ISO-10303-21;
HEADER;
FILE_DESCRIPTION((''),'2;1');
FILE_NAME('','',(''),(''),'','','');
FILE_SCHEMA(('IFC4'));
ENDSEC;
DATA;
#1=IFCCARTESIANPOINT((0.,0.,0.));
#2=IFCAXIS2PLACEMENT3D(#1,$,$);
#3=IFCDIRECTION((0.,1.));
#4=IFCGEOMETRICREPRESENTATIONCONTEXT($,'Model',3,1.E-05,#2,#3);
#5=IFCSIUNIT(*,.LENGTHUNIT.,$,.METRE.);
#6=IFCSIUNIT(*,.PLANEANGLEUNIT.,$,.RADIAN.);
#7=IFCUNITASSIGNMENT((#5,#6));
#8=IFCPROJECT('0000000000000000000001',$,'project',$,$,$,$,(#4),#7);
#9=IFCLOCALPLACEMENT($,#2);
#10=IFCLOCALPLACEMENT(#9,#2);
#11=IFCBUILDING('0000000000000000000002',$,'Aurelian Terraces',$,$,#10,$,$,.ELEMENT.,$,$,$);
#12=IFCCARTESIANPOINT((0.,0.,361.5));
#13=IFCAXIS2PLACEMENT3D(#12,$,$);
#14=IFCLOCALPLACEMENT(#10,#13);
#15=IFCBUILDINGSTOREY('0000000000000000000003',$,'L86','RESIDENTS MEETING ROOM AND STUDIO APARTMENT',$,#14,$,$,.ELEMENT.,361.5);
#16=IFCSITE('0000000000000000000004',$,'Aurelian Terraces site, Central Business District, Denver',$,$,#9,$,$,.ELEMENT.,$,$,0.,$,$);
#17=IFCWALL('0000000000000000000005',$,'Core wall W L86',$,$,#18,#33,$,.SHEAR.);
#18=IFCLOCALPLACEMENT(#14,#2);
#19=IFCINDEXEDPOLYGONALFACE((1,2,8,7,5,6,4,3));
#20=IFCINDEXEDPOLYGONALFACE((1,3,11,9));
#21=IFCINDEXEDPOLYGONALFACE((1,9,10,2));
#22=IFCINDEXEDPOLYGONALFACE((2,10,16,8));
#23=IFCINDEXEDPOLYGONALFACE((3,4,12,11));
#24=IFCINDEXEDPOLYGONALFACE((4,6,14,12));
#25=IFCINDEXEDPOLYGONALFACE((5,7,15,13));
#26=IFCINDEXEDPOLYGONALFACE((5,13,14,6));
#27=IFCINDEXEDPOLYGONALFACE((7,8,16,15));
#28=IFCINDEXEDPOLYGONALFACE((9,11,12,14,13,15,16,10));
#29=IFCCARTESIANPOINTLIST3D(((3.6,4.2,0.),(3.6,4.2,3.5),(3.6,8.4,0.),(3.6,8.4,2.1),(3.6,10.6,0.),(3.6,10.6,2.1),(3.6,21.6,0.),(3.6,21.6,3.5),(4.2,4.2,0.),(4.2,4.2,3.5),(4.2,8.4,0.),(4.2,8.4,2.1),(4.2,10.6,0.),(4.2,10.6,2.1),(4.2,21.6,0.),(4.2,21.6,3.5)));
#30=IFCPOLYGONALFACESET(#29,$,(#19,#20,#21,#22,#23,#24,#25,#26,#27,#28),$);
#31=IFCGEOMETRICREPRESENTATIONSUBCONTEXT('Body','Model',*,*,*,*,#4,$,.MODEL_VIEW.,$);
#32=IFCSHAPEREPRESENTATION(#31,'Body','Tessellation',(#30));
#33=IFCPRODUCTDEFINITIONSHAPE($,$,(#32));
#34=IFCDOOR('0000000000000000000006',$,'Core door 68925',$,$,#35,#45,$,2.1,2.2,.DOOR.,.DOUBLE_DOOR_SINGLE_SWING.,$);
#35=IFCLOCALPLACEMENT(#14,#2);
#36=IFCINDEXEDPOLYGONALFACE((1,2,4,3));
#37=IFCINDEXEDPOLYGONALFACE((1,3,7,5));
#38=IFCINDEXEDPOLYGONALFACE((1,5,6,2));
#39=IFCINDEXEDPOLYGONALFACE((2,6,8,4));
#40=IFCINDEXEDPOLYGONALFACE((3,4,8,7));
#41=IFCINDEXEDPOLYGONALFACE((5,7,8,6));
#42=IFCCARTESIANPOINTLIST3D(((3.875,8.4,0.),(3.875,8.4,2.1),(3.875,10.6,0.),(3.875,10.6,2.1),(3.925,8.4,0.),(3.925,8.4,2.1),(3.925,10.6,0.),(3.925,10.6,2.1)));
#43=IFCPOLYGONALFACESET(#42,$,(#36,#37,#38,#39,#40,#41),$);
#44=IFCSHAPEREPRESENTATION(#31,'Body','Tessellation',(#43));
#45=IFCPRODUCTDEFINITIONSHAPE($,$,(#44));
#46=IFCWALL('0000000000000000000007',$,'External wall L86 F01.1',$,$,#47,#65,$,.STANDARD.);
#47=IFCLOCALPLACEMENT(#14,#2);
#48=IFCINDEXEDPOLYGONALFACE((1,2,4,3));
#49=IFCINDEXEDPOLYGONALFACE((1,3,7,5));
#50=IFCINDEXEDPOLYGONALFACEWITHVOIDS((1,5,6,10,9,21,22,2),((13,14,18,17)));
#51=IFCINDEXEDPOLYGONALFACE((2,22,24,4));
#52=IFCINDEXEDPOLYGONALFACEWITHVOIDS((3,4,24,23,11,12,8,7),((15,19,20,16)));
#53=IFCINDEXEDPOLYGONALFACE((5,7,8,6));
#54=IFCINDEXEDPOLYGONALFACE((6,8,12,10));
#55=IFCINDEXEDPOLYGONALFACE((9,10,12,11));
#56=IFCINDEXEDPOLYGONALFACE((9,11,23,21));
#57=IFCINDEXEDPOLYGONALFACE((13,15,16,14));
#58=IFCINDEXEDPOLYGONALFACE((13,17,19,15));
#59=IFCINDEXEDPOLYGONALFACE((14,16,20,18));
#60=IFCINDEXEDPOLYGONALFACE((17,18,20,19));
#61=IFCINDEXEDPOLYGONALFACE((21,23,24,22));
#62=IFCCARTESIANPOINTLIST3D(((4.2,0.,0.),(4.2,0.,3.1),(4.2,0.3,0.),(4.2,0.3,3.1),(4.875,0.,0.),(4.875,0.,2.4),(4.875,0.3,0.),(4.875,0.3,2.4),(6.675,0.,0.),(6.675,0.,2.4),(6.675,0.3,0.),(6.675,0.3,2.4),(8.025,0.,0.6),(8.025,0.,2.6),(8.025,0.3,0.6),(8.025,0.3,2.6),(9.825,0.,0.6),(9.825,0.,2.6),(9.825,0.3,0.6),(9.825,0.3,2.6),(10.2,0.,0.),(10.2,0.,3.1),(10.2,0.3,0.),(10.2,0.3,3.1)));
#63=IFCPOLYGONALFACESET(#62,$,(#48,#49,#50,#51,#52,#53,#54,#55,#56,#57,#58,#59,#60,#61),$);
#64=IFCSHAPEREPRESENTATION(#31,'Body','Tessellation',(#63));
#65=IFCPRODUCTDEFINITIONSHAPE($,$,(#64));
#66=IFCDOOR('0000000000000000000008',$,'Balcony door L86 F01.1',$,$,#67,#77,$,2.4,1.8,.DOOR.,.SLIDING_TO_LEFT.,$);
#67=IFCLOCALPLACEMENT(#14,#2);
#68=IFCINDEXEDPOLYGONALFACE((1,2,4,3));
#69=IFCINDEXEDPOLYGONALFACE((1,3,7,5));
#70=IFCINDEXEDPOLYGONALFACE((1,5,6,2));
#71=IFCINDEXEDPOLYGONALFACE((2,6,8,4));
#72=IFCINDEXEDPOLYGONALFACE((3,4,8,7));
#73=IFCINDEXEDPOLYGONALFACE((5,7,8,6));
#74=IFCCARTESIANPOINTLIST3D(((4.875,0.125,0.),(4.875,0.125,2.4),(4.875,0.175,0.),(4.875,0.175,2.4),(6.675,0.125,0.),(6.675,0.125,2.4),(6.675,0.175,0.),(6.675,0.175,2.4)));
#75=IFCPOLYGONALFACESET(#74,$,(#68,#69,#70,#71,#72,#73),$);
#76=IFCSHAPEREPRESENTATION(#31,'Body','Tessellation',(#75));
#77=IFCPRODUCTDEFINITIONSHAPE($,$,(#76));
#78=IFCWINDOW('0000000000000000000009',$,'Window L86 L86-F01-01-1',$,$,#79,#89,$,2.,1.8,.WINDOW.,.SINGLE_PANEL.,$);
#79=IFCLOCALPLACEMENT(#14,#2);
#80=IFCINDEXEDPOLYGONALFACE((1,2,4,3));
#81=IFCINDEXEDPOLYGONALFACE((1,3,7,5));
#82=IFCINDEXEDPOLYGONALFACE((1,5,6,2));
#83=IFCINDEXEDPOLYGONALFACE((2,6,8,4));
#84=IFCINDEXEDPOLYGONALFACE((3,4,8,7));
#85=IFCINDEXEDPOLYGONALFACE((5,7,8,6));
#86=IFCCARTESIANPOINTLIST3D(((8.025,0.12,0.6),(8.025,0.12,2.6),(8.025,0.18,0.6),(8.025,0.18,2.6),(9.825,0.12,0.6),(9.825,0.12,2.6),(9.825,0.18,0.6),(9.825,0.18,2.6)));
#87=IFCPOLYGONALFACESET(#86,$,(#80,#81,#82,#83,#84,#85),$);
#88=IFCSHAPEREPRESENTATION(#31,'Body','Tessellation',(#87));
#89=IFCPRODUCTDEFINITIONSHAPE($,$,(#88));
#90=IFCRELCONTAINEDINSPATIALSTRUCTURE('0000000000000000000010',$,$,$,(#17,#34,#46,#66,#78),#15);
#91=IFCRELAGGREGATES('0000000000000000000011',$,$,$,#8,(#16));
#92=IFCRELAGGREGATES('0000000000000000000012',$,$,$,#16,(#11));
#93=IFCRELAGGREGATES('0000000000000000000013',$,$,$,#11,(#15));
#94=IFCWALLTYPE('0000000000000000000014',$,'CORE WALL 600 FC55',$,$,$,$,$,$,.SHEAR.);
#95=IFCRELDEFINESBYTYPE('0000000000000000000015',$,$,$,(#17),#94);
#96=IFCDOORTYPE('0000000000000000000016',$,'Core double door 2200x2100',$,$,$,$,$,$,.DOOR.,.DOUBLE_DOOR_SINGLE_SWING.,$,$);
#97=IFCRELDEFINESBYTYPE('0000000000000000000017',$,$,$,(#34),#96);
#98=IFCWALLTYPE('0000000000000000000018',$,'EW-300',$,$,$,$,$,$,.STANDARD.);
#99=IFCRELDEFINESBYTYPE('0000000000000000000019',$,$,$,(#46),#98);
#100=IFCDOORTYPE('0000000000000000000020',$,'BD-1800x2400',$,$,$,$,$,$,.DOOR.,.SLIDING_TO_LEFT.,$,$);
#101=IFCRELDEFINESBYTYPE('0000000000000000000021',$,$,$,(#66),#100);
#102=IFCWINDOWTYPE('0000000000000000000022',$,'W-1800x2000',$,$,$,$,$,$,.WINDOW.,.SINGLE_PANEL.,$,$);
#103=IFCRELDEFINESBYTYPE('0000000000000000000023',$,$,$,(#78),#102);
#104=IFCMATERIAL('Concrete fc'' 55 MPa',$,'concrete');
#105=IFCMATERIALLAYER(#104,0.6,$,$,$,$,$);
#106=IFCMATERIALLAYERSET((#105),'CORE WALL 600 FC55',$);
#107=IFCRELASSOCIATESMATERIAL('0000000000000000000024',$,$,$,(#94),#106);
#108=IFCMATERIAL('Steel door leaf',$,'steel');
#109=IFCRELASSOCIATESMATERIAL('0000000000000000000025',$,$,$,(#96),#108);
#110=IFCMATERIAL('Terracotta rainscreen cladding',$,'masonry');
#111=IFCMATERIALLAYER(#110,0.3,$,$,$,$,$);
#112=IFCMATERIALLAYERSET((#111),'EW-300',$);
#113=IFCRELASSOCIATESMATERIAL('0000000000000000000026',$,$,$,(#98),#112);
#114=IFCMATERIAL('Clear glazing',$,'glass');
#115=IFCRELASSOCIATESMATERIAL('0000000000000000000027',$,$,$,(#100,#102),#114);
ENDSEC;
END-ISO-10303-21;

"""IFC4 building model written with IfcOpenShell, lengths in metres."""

from ifc_helpers import new_model, si_unit, direction, frame, frame_2d, origin, place, context, subcontext, project, spatial, rectangle, extrude, source, transform, mapped, material, layer, layer_set, type_object, element, fill, save


model = new_model("IFC4")

# Units and contexts
model_context = context("Model", 3, precision=1e-05, world=origin(), true_north=direction((0.0, 1.0)))
body_context = subcontext(model_context, "Body", "Model", "MODEL_VIEW")
ifc_project = project(units=[si_unit("LENGTHUNIT", "METRE"), si_unit("PLANEANGLEUNIT", "RADIAN")], contexts=[model_context])

# Site, building, storey
site_placement = place(None, origin())
site = spatial("IfcSite", under=ifc_project, at=site_placement, Name="Aurelian Terraces site, Central Business District, Denver", CompositionType="ELEMENT", RefElevation=0.0)
building_placement = place(site_placement, origin())
building = spatial("IfcBuilding", under=site, at=building_placement, Name="Aurelian Terraces", CompositionType="ELEMENT")
storey_placement = place(building_placement, frame((0.0, 0.0, 361.5)))
storey = spatial("IfcBuildingStorey", under=building, at=storey_placement, Name="L86", Description="RESIDENTS MEETING ROOM AND STUDIO APARTMENT", CompositionType="ELEMENT", Elevation=361.5)

# Wall, opening, door
ifc_material_1 = material(Name="Concrete fc' 55 MPa", Category="concrete")
ifc_layer_1 = layer(ifc_material_1, 0.6)
ifc_layer_set_1 = layer_set([ifc_layer_1], Name="CORE WALL 600 FC55")
wall_type_1 = type_object("IfcWallType", Name="CORE WALL 600 FC55", PredefinedType="SHEAR", material=ifc_layer_set_1)
shared_shape_1 = source(origin(), body_context, "Body", "SweptSolid", [
    extrude(rectangle(XDim=17.4, YDim=0.6, at=frame_2d((8.7, 0.0))), origin(), (0.0, 0.0, 1.0), 3.5),
])
wall_1_placement = place(storey_placement, frame((3.9, 4.2, 0.0), z_axis=(0.0, 0.0, 1.0), x_axis=(0.0, 1.0, 0.0)))
wall_1 = element("IfcWall", 1, at=wall_1_placement, inside=storey, type_object=wall_type_1, Name="Core wall W L86", PredefinedType="SHEAR", context=body_context, shape_type="MappedRepresentation", body=[
    mapped(shared_shape_1, transform((0.0, 0.0, 0.0), scale=1.0)),
])
shared_shape_2 = source(origin(), body_context, "Body", "SweptSolid", [
    extrude(rectangle(XDim=2.2, YDim=2.1, at=frame_2d((1.1, 1.05))), frame((0.0, 0.31, 0.0), z_axis=(0.0, -1.0, 0.0), x_axis=(1.0, 0.0, 0.0)), (0.0, 0.0, 1.0), 0.62),
])
opening_1_placement = place(wall_1_placement, frame((4.2, 0.0, 0.0)))
opening_1 = element("IfcOpeningElement", 2, at=opening_1_placement, cuts=wall_1, PredefinedType="OPENING", context=body_context, shape_type="MappedRepresentation", body=[
    mapped(shared_shape_2, transform((0.0, 0.0, 0.0), scale=1.0)),
])
ifc_material_2 = material(Name="Steel door leaf", Category="steel")
door_type_1 = type_object("IfcDoorType", Name="Core double door 2200x2100", OperationType="DOUBLE_DOOR_SINGLE_SWING", PredefinedType="DOOR", material=ifc_material_2)
shared_shape_3 = source(origin(), body_context, "Body", "SweptSolid", [
    extrude(rectangle(XDim=2.2, YDim=2.1, at=frame_2d((1.1, 1.05))), frame((0.0, 0.025, 0.0), z_axis=(0.0, -1.0, 0.0), x_axis=(1.0, 0.0, 0.0)), (0.0, 0.0, 1.0), 0.05),
])
door_1_placement = place(opening_1_placement, origin())
door_1 = element("IfcDoor", 3, at=door_1_placement, inside=storey, type_object=door_type_1, Name="Core door 68925", OperationType="DOUBLE_DOOR_SINGLE_SWING", OverallHeight=2.1, OverallWidth=2.2, PredefinedType="DOOR", context=body_context, shape_type="MappedRepresentation", body=[
    mapped(shared_shape_3, transform((0.0, 0.0, 0.0), scale=1.0)),
])
fill(opening_1, door_1)

# Wall, openings, door, window
ifc_material_3 = material(Name="Terracotta rainscreen cladding", Category="masonry")
ifc_layer_2 = layer(ifc_material_3, 0.3)
ifc_layer_set_2 = layer_set([ifc_layer_2], Name="EW-300")
wall_type_2 = type_object("IfcWallType", Name="EW-300", PredefinedType="STANDARD", material=ifc_layer_set_2)
shared_shape_4 = source(origin(), body_context, "Body", "SweptSolid", [
    extrude(rectangle(XDim=6.0, YDim=0.3, at=frame_2d((3.0, 0.0))), origin(), (0.0, 0.0, 1.0), 3.1),
])
wall_2_placement = place(storey_placement, frame((4.2, 0.15, 0.0), z_axis=(0.0, 0.0, 1.0), x_axis=(1.0, 0.0, 0.0)))
wall_2 = element("IfcWall", 4, at=wall_2_placement, inside=storey, type_object=wall_type_2, Name="External wall L86 F01.1", PredefinedType="STANDARD", context=body_context, shape_type="MappedRepresentation", body=[
    mapped(shared_shape_4, transform((0.0, 0.0, 0.0), scale=1.0)),
])
shared_shape_5 = source(origin(), body_context, "Body", "SweptSolid", [
    extrude(rectangle(XDim=1.8, YDim=2.4, at=frame_2d((0.9, 1.2))), frame((0.0, 0.16, 0.0), z_axis=(0.0, -1.0, 0.0), x_axis=(1.0, 0.0, 0.0)), (0.0, 0.0, 1.0), 0.32),
])
opening_2_placement = place(wall_2_placement, frame((0.675, 0.0, 0.0)))
opening_2 = element("IfcOpeningElement", 5, at=opening_2_placement, cuts=wall_2, PredefinedType="OPENING", context=body_context, shape_type="MappedRepresentation", body=[
    mapped(shared_shape_5, transform((0.0, 0.0, 0.0), scale=1.0)),
])
shared_shape_6 = source(origin(), body_context, "Body", "SweptSolid", [
    extrude(rectangle(XDim=1.8, YDim=2.0, at=frame_2d((0.9, 1.0))), frame((0.0, 0.16, 0.0), z_axis=(0.0, -1.0, 0.0), x_axis=(1.0, 0.0, 0.0)), (0.0, 0.0, 1.0), 0.32),
])
opening_3_placement = place(wall_2_placement, frame((3.825, 0.0, 0.6)))
opening_3 = element("IfcOpeningElement", 6, at=opening_3_placement, cuts=wall_2, PredefinedType="OPENING", context=body_context, shape_type="MappedRepresentation", body=[
    mapped(shared_shape_6, transform((0.0, 0.0, 0.0), scale=1.0)),
])
ifc_material_4 = material(Name="Clear glazing", Category="glass")
door_type_2 = type_object("IfcDoorType", Name="BD-1800x2400", OperationType="SLIDING_TO_LEFT", PredefinedType="DOOR", material=ifc_material_4)
shared_shape_7 = source(origin(), body_context, "Body", "SweptSolid", [
    extrude(rectangle(XDim=1.8, YDim=2.4, at=frame_2d((0.9, 1.2))), frame((0.0, 0.025, 0.0), z_axis=(0.0, -1.0, 0.0), x_axis=(1.0, 0.0, 0.0)), (0.0, 0.0, 1.0), 0.05),
])
door_2_placement = place(opening_2_placement, origin())
door_2 = element("IfcDoor", 7, at=door_2_placement, inside=storey, type_object=door_type_2, Name="Balcony door L86 F01.1", OperationType="SLIDING_TO_LEFT", OverallHeight=2.4, OverallWidth=1.8, PredefinedType="DOOR", context=body_context, shape_type="MappedRepresentation", body=[
    mapped(shared_shape_7, transform((0.0, 0.0, 0.0), scale=1.0)),
])
fill(opening_2, door_2)
window_type = type_object("IfcWindowType", Name="W-1800x2000", PartitioningType="SINGLE_PANEL", PredefinedType="WINDOW", material=ifc_material_4)
shared_shape_8 = source(origin(), body_context, "Body", "SweptSolid", [
    extrude(rectangle(XDim=1.8, YDim=2.0, at=frame_2d((0.9, 1.0))), frame((0.0, 0.03, 0.0), z_axis=(0.0, -1.0, 0.0), x_axis=(1.0, 0.0, 0.0)), (0.0, 0.0, 1.0), 0.06),
])
window_placement = place(opening_3_placement, origin())
window = element("IfcWindow", 8, at=window_placement, inside=storey, type_object=window_type, Name="Window L86 L86-F01-01-1", OverallHeight=2.0, OverallWidth=1.8, PartitioningType="SINGLE_PANEL", PredefinedType="WINDOW", context=body_context, shape_type="MappedRepresentation", body=[
    mapped(shared_shape_8, transform((0.0, 0.0, 0.0), scale=1.0)),
])
fill(opening_3, window)

save(model, "model.ifc")
